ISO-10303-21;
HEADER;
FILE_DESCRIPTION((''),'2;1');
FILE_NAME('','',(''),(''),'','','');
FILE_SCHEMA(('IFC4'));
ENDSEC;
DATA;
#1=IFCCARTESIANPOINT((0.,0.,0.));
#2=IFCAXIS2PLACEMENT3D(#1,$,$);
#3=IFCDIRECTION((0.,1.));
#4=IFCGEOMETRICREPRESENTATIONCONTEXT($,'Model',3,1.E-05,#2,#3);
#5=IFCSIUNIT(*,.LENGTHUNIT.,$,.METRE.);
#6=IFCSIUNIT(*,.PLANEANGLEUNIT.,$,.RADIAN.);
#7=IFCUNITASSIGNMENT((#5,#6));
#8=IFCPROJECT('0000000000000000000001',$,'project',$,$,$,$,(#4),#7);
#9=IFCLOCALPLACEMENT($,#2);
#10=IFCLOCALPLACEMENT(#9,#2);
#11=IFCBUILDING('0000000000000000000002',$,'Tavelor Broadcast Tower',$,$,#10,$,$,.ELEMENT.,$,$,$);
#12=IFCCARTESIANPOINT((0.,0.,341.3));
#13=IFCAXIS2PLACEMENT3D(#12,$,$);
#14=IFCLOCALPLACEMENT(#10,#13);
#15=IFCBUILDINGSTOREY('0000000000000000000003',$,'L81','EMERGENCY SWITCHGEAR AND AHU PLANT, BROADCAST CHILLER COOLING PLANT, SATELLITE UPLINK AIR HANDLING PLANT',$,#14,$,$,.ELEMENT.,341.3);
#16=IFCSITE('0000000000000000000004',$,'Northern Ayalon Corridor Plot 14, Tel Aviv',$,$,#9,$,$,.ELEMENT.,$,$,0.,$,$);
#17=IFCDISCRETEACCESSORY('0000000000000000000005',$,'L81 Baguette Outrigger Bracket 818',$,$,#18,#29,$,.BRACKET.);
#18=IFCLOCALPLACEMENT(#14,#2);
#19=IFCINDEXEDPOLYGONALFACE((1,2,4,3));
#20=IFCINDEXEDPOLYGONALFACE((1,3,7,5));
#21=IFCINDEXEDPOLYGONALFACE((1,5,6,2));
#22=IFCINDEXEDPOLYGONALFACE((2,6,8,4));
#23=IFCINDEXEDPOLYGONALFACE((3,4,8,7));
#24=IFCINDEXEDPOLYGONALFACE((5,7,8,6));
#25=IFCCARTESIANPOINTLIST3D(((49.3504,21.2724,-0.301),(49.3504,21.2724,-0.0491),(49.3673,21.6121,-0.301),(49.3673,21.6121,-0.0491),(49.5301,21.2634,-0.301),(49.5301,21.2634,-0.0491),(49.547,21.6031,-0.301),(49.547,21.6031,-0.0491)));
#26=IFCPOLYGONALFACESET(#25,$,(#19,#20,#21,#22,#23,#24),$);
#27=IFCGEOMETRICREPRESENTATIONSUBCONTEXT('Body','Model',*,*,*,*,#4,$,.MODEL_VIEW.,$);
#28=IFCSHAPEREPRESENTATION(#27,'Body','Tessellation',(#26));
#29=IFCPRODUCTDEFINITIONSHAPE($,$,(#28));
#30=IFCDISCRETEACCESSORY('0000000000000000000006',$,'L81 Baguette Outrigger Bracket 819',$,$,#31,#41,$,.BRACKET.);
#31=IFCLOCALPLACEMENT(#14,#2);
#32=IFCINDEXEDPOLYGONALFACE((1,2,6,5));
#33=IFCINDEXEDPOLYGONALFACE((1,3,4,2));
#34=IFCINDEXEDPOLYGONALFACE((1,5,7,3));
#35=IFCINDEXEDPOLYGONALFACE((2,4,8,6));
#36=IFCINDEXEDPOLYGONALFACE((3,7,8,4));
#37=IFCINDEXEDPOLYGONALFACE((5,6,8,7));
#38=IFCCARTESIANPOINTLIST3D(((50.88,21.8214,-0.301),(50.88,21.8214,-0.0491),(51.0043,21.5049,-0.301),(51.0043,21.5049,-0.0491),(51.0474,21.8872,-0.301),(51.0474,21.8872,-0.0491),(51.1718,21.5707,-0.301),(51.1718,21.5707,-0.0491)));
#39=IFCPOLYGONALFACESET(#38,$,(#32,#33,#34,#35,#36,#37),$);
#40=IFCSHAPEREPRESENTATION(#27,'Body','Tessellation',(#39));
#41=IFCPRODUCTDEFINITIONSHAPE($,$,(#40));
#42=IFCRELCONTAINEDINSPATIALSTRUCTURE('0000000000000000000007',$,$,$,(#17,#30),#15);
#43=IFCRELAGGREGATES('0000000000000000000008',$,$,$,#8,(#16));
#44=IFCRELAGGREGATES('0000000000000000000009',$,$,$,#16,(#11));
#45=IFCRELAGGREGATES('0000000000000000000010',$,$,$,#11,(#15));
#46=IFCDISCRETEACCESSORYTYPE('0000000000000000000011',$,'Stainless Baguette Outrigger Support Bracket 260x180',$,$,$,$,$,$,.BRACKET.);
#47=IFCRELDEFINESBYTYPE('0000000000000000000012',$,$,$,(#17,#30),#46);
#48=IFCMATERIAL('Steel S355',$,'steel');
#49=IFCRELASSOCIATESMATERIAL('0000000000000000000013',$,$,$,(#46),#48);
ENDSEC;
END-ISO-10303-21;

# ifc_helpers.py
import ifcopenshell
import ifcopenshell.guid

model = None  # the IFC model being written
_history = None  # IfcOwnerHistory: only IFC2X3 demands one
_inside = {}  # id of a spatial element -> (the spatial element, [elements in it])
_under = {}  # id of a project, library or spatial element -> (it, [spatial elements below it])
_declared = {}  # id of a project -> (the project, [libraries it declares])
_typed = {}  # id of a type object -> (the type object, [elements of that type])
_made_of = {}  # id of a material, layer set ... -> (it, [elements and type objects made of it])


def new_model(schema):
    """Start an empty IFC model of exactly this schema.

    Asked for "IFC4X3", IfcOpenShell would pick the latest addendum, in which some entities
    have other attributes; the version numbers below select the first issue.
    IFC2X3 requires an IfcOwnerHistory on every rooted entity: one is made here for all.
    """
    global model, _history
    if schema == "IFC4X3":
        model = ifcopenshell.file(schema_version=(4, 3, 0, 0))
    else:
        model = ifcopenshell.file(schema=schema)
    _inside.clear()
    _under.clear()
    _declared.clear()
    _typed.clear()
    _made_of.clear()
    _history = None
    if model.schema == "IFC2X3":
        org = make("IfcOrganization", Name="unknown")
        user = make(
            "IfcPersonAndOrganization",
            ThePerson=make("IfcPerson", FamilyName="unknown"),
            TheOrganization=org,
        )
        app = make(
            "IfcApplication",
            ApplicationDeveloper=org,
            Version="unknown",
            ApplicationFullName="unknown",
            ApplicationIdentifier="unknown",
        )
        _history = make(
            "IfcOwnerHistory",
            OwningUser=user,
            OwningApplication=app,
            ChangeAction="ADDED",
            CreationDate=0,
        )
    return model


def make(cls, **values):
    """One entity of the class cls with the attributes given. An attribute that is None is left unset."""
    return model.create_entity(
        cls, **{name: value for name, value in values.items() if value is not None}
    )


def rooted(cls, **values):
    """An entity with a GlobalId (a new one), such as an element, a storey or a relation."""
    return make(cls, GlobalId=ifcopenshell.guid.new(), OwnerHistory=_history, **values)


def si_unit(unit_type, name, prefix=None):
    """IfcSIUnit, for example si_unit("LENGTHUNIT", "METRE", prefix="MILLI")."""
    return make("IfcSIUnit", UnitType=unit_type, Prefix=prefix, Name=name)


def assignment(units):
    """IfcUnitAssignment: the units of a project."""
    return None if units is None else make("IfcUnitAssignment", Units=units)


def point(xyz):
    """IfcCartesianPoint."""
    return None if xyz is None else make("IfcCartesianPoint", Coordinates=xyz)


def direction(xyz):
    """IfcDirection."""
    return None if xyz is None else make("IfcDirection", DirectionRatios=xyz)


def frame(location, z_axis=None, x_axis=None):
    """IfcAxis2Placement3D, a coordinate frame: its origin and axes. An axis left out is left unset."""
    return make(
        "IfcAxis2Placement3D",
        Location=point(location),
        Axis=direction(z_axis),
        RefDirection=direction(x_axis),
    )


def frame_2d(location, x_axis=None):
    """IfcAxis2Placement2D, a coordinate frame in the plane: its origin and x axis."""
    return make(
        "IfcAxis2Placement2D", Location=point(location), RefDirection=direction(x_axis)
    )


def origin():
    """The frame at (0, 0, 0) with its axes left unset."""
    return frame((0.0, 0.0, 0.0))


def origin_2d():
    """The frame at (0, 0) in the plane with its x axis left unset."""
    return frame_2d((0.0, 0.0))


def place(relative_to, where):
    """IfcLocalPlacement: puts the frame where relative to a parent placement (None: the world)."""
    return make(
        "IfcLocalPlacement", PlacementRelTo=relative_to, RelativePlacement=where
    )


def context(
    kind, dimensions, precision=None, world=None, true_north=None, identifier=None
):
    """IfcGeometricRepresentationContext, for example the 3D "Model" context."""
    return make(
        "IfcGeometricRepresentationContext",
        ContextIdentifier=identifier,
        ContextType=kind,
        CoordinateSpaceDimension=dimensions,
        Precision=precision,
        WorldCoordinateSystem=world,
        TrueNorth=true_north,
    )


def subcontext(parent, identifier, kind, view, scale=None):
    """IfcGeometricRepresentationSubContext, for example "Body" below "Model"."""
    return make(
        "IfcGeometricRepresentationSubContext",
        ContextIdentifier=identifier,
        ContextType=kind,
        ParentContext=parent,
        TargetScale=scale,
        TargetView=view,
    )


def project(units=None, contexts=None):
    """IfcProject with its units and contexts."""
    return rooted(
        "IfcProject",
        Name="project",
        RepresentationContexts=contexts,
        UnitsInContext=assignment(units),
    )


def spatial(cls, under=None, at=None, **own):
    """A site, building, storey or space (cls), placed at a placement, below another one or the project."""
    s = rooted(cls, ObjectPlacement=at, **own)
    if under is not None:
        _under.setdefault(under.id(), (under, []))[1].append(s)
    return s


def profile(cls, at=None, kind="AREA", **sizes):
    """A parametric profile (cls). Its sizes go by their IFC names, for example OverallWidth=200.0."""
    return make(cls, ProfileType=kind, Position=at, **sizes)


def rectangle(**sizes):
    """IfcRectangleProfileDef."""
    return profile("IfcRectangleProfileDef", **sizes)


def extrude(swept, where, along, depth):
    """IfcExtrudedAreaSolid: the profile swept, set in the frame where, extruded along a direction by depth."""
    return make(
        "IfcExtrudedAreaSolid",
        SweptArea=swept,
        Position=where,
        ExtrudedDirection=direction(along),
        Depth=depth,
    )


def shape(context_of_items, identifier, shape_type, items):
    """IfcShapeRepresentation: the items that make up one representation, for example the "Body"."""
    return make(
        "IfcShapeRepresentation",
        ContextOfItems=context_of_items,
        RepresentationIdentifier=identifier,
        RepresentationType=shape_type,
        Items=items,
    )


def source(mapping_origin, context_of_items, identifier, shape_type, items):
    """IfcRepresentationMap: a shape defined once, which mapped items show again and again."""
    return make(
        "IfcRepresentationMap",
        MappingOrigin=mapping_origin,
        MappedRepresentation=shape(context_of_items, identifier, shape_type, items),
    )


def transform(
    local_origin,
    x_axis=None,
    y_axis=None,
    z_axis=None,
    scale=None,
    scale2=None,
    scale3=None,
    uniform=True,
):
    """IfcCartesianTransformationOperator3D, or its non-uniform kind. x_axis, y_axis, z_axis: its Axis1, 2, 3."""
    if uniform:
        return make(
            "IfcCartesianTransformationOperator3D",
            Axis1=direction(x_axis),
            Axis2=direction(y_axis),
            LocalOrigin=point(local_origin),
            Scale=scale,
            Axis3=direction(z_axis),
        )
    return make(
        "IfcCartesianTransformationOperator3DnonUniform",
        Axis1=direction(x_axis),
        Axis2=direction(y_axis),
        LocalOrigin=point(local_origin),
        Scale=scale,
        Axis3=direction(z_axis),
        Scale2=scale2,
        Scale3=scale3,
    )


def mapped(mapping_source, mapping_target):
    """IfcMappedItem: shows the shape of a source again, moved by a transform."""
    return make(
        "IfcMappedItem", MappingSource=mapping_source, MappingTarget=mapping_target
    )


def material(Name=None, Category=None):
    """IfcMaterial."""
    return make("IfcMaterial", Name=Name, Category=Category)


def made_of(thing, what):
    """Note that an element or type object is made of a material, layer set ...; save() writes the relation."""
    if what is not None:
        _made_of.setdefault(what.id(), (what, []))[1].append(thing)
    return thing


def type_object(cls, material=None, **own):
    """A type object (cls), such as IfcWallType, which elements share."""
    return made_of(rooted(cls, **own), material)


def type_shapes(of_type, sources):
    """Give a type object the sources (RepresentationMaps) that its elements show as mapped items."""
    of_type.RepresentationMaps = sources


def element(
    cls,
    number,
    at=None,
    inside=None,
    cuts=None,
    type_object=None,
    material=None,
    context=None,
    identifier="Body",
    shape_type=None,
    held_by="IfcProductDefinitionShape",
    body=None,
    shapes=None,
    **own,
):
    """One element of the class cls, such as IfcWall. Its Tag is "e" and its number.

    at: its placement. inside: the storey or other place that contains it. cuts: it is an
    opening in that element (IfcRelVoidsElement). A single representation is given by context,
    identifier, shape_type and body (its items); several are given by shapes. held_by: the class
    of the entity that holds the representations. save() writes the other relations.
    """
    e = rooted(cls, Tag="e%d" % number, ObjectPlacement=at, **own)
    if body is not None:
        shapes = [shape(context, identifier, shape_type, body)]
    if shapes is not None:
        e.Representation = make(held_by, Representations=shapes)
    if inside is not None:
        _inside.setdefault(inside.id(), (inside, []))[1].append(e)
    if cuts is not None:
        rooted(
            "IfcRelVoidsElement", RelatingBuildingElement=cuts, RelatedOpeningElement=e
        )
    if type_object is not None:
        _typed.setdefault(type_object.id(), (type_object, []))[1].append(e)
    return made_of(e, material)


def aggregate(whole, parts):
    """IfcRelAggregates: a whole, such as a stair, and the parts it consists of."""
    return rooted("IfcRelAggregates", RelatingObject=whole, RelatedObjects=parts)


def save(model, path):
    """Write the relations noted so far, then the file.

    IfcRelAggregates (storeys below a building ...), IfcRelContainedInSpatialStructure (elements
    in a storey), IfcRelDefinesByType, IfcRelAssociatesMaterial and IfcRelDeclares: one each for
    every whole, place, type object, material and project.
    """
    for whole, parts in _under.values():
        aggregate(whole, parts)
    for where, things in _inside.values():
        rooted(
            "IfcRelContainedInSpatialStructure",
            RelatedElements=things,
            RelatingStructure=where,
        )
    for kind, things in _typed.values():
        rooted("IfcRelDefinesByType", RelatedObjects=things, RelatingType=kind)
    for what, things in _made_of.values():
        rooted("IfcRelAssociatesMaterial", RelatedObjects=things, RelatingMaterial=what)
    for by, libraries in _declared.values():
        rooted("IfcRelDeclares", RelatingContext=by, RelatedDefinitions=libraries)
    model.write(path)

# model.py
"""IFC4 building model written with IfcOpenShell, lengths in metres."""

from ifc_helpers import new_model, si_unit, direction, frame, origin, origin_2d, place, context, subcontext, project, spatial, rectangle, extrude, source, transform, mapped, material, type_object, type_shapes, element, save


model = new_model("IFC4")

# Units and contexts
model_context = context("Model", 3, precision=1e-05, world=origin(), true_north=direction((0.0, 1.0)))
body_context = subcontext(model_context, "Body", "Model", "MODEL_VIEW")
ifc_project = project(units=[si_unit("LENGTHUNIT", "METRE"), si_unit("PLANEANGLEUNIT", "RADIAN")], contexts=[model_context])

# Site, building, storey
site_placement = place(None, origin())
site = spatial("IfcSite", under=ifc_project, at=site_placement, Name="Northern Ayalon Corridor Plot 14, Tel Aviv", CompositionType="ELEMENT", RefElevation=0.0)
building_placement = place(site_placement, origin())
building = spatial("IfcBuilding", under=site, at=building_placement, Name="Tavelor Broadcast Tower", CompositionType="ELEMENT")
storey_placement = place(building_placement, frame((0.0, 0.0, 341.3)))
storey = spatial("IfcBuildingStorey", under=building, at=storey_placement, Name="L81", Description="EMERGENCY SWITCHGEAR AND AHU PLANT, BROADCAST CHILLER COOLING PLANT, SATELLITE UPLINK AIR HANDLING PLANT", CompositionType="ELEMENT", Elevation=341.3)

# Discrete accessories
ifc_material_1 = material(Name="Steel S355", Category="steel")
discrete_accessory_type = type_object("IfcDiscreteAccessoryType", Name="Stainless Baguette Outrigger Support Bracket 260x180", PredefinedType="BRACKET", material=ifc_material_1)
shared_shape_1 = source(origin(), body_context, "Body", "SweptSolid", [
    extrude(rectangle(XDim=0.1799, YDim=0.3401, at=origin_2d()), origin(), (0.0, 0.0, 1.0), 0.252),
])
type_shapes(discrete_accessory_type, [shared_shape_1])
for number, where, z_axis, x_axis, name in (
    (1, (49.4487, 21.4377, -0.301), (0.0, 0.0, 1.0), (0.998763, -0.049721, 0.0), "L81 Baguette Outrigger Bracket 818"),
    (2, (51.0259, 21.696, -0.301), (0.0, 0.0, 1.0), (0.930737, 0.365689, 0.0), "L81 Baguette Outrigger Bracket 819"),
):
    element("IfcDiscreteAccessory", number, at=place(storey_placement, frame(where, z_axis=z_axis, x_axis=x_axis)), inside=storey, type_object=discrete_accessory_type, Name=name, PredefinedType="BRACKET", context=body_context, shape_type="MappedRepresentation", body=[
        mapped(shared_shape_1, transform((0.0, 0.0, 0.0), scale=1.0)),
    ])

save(model, "model.ifc")
